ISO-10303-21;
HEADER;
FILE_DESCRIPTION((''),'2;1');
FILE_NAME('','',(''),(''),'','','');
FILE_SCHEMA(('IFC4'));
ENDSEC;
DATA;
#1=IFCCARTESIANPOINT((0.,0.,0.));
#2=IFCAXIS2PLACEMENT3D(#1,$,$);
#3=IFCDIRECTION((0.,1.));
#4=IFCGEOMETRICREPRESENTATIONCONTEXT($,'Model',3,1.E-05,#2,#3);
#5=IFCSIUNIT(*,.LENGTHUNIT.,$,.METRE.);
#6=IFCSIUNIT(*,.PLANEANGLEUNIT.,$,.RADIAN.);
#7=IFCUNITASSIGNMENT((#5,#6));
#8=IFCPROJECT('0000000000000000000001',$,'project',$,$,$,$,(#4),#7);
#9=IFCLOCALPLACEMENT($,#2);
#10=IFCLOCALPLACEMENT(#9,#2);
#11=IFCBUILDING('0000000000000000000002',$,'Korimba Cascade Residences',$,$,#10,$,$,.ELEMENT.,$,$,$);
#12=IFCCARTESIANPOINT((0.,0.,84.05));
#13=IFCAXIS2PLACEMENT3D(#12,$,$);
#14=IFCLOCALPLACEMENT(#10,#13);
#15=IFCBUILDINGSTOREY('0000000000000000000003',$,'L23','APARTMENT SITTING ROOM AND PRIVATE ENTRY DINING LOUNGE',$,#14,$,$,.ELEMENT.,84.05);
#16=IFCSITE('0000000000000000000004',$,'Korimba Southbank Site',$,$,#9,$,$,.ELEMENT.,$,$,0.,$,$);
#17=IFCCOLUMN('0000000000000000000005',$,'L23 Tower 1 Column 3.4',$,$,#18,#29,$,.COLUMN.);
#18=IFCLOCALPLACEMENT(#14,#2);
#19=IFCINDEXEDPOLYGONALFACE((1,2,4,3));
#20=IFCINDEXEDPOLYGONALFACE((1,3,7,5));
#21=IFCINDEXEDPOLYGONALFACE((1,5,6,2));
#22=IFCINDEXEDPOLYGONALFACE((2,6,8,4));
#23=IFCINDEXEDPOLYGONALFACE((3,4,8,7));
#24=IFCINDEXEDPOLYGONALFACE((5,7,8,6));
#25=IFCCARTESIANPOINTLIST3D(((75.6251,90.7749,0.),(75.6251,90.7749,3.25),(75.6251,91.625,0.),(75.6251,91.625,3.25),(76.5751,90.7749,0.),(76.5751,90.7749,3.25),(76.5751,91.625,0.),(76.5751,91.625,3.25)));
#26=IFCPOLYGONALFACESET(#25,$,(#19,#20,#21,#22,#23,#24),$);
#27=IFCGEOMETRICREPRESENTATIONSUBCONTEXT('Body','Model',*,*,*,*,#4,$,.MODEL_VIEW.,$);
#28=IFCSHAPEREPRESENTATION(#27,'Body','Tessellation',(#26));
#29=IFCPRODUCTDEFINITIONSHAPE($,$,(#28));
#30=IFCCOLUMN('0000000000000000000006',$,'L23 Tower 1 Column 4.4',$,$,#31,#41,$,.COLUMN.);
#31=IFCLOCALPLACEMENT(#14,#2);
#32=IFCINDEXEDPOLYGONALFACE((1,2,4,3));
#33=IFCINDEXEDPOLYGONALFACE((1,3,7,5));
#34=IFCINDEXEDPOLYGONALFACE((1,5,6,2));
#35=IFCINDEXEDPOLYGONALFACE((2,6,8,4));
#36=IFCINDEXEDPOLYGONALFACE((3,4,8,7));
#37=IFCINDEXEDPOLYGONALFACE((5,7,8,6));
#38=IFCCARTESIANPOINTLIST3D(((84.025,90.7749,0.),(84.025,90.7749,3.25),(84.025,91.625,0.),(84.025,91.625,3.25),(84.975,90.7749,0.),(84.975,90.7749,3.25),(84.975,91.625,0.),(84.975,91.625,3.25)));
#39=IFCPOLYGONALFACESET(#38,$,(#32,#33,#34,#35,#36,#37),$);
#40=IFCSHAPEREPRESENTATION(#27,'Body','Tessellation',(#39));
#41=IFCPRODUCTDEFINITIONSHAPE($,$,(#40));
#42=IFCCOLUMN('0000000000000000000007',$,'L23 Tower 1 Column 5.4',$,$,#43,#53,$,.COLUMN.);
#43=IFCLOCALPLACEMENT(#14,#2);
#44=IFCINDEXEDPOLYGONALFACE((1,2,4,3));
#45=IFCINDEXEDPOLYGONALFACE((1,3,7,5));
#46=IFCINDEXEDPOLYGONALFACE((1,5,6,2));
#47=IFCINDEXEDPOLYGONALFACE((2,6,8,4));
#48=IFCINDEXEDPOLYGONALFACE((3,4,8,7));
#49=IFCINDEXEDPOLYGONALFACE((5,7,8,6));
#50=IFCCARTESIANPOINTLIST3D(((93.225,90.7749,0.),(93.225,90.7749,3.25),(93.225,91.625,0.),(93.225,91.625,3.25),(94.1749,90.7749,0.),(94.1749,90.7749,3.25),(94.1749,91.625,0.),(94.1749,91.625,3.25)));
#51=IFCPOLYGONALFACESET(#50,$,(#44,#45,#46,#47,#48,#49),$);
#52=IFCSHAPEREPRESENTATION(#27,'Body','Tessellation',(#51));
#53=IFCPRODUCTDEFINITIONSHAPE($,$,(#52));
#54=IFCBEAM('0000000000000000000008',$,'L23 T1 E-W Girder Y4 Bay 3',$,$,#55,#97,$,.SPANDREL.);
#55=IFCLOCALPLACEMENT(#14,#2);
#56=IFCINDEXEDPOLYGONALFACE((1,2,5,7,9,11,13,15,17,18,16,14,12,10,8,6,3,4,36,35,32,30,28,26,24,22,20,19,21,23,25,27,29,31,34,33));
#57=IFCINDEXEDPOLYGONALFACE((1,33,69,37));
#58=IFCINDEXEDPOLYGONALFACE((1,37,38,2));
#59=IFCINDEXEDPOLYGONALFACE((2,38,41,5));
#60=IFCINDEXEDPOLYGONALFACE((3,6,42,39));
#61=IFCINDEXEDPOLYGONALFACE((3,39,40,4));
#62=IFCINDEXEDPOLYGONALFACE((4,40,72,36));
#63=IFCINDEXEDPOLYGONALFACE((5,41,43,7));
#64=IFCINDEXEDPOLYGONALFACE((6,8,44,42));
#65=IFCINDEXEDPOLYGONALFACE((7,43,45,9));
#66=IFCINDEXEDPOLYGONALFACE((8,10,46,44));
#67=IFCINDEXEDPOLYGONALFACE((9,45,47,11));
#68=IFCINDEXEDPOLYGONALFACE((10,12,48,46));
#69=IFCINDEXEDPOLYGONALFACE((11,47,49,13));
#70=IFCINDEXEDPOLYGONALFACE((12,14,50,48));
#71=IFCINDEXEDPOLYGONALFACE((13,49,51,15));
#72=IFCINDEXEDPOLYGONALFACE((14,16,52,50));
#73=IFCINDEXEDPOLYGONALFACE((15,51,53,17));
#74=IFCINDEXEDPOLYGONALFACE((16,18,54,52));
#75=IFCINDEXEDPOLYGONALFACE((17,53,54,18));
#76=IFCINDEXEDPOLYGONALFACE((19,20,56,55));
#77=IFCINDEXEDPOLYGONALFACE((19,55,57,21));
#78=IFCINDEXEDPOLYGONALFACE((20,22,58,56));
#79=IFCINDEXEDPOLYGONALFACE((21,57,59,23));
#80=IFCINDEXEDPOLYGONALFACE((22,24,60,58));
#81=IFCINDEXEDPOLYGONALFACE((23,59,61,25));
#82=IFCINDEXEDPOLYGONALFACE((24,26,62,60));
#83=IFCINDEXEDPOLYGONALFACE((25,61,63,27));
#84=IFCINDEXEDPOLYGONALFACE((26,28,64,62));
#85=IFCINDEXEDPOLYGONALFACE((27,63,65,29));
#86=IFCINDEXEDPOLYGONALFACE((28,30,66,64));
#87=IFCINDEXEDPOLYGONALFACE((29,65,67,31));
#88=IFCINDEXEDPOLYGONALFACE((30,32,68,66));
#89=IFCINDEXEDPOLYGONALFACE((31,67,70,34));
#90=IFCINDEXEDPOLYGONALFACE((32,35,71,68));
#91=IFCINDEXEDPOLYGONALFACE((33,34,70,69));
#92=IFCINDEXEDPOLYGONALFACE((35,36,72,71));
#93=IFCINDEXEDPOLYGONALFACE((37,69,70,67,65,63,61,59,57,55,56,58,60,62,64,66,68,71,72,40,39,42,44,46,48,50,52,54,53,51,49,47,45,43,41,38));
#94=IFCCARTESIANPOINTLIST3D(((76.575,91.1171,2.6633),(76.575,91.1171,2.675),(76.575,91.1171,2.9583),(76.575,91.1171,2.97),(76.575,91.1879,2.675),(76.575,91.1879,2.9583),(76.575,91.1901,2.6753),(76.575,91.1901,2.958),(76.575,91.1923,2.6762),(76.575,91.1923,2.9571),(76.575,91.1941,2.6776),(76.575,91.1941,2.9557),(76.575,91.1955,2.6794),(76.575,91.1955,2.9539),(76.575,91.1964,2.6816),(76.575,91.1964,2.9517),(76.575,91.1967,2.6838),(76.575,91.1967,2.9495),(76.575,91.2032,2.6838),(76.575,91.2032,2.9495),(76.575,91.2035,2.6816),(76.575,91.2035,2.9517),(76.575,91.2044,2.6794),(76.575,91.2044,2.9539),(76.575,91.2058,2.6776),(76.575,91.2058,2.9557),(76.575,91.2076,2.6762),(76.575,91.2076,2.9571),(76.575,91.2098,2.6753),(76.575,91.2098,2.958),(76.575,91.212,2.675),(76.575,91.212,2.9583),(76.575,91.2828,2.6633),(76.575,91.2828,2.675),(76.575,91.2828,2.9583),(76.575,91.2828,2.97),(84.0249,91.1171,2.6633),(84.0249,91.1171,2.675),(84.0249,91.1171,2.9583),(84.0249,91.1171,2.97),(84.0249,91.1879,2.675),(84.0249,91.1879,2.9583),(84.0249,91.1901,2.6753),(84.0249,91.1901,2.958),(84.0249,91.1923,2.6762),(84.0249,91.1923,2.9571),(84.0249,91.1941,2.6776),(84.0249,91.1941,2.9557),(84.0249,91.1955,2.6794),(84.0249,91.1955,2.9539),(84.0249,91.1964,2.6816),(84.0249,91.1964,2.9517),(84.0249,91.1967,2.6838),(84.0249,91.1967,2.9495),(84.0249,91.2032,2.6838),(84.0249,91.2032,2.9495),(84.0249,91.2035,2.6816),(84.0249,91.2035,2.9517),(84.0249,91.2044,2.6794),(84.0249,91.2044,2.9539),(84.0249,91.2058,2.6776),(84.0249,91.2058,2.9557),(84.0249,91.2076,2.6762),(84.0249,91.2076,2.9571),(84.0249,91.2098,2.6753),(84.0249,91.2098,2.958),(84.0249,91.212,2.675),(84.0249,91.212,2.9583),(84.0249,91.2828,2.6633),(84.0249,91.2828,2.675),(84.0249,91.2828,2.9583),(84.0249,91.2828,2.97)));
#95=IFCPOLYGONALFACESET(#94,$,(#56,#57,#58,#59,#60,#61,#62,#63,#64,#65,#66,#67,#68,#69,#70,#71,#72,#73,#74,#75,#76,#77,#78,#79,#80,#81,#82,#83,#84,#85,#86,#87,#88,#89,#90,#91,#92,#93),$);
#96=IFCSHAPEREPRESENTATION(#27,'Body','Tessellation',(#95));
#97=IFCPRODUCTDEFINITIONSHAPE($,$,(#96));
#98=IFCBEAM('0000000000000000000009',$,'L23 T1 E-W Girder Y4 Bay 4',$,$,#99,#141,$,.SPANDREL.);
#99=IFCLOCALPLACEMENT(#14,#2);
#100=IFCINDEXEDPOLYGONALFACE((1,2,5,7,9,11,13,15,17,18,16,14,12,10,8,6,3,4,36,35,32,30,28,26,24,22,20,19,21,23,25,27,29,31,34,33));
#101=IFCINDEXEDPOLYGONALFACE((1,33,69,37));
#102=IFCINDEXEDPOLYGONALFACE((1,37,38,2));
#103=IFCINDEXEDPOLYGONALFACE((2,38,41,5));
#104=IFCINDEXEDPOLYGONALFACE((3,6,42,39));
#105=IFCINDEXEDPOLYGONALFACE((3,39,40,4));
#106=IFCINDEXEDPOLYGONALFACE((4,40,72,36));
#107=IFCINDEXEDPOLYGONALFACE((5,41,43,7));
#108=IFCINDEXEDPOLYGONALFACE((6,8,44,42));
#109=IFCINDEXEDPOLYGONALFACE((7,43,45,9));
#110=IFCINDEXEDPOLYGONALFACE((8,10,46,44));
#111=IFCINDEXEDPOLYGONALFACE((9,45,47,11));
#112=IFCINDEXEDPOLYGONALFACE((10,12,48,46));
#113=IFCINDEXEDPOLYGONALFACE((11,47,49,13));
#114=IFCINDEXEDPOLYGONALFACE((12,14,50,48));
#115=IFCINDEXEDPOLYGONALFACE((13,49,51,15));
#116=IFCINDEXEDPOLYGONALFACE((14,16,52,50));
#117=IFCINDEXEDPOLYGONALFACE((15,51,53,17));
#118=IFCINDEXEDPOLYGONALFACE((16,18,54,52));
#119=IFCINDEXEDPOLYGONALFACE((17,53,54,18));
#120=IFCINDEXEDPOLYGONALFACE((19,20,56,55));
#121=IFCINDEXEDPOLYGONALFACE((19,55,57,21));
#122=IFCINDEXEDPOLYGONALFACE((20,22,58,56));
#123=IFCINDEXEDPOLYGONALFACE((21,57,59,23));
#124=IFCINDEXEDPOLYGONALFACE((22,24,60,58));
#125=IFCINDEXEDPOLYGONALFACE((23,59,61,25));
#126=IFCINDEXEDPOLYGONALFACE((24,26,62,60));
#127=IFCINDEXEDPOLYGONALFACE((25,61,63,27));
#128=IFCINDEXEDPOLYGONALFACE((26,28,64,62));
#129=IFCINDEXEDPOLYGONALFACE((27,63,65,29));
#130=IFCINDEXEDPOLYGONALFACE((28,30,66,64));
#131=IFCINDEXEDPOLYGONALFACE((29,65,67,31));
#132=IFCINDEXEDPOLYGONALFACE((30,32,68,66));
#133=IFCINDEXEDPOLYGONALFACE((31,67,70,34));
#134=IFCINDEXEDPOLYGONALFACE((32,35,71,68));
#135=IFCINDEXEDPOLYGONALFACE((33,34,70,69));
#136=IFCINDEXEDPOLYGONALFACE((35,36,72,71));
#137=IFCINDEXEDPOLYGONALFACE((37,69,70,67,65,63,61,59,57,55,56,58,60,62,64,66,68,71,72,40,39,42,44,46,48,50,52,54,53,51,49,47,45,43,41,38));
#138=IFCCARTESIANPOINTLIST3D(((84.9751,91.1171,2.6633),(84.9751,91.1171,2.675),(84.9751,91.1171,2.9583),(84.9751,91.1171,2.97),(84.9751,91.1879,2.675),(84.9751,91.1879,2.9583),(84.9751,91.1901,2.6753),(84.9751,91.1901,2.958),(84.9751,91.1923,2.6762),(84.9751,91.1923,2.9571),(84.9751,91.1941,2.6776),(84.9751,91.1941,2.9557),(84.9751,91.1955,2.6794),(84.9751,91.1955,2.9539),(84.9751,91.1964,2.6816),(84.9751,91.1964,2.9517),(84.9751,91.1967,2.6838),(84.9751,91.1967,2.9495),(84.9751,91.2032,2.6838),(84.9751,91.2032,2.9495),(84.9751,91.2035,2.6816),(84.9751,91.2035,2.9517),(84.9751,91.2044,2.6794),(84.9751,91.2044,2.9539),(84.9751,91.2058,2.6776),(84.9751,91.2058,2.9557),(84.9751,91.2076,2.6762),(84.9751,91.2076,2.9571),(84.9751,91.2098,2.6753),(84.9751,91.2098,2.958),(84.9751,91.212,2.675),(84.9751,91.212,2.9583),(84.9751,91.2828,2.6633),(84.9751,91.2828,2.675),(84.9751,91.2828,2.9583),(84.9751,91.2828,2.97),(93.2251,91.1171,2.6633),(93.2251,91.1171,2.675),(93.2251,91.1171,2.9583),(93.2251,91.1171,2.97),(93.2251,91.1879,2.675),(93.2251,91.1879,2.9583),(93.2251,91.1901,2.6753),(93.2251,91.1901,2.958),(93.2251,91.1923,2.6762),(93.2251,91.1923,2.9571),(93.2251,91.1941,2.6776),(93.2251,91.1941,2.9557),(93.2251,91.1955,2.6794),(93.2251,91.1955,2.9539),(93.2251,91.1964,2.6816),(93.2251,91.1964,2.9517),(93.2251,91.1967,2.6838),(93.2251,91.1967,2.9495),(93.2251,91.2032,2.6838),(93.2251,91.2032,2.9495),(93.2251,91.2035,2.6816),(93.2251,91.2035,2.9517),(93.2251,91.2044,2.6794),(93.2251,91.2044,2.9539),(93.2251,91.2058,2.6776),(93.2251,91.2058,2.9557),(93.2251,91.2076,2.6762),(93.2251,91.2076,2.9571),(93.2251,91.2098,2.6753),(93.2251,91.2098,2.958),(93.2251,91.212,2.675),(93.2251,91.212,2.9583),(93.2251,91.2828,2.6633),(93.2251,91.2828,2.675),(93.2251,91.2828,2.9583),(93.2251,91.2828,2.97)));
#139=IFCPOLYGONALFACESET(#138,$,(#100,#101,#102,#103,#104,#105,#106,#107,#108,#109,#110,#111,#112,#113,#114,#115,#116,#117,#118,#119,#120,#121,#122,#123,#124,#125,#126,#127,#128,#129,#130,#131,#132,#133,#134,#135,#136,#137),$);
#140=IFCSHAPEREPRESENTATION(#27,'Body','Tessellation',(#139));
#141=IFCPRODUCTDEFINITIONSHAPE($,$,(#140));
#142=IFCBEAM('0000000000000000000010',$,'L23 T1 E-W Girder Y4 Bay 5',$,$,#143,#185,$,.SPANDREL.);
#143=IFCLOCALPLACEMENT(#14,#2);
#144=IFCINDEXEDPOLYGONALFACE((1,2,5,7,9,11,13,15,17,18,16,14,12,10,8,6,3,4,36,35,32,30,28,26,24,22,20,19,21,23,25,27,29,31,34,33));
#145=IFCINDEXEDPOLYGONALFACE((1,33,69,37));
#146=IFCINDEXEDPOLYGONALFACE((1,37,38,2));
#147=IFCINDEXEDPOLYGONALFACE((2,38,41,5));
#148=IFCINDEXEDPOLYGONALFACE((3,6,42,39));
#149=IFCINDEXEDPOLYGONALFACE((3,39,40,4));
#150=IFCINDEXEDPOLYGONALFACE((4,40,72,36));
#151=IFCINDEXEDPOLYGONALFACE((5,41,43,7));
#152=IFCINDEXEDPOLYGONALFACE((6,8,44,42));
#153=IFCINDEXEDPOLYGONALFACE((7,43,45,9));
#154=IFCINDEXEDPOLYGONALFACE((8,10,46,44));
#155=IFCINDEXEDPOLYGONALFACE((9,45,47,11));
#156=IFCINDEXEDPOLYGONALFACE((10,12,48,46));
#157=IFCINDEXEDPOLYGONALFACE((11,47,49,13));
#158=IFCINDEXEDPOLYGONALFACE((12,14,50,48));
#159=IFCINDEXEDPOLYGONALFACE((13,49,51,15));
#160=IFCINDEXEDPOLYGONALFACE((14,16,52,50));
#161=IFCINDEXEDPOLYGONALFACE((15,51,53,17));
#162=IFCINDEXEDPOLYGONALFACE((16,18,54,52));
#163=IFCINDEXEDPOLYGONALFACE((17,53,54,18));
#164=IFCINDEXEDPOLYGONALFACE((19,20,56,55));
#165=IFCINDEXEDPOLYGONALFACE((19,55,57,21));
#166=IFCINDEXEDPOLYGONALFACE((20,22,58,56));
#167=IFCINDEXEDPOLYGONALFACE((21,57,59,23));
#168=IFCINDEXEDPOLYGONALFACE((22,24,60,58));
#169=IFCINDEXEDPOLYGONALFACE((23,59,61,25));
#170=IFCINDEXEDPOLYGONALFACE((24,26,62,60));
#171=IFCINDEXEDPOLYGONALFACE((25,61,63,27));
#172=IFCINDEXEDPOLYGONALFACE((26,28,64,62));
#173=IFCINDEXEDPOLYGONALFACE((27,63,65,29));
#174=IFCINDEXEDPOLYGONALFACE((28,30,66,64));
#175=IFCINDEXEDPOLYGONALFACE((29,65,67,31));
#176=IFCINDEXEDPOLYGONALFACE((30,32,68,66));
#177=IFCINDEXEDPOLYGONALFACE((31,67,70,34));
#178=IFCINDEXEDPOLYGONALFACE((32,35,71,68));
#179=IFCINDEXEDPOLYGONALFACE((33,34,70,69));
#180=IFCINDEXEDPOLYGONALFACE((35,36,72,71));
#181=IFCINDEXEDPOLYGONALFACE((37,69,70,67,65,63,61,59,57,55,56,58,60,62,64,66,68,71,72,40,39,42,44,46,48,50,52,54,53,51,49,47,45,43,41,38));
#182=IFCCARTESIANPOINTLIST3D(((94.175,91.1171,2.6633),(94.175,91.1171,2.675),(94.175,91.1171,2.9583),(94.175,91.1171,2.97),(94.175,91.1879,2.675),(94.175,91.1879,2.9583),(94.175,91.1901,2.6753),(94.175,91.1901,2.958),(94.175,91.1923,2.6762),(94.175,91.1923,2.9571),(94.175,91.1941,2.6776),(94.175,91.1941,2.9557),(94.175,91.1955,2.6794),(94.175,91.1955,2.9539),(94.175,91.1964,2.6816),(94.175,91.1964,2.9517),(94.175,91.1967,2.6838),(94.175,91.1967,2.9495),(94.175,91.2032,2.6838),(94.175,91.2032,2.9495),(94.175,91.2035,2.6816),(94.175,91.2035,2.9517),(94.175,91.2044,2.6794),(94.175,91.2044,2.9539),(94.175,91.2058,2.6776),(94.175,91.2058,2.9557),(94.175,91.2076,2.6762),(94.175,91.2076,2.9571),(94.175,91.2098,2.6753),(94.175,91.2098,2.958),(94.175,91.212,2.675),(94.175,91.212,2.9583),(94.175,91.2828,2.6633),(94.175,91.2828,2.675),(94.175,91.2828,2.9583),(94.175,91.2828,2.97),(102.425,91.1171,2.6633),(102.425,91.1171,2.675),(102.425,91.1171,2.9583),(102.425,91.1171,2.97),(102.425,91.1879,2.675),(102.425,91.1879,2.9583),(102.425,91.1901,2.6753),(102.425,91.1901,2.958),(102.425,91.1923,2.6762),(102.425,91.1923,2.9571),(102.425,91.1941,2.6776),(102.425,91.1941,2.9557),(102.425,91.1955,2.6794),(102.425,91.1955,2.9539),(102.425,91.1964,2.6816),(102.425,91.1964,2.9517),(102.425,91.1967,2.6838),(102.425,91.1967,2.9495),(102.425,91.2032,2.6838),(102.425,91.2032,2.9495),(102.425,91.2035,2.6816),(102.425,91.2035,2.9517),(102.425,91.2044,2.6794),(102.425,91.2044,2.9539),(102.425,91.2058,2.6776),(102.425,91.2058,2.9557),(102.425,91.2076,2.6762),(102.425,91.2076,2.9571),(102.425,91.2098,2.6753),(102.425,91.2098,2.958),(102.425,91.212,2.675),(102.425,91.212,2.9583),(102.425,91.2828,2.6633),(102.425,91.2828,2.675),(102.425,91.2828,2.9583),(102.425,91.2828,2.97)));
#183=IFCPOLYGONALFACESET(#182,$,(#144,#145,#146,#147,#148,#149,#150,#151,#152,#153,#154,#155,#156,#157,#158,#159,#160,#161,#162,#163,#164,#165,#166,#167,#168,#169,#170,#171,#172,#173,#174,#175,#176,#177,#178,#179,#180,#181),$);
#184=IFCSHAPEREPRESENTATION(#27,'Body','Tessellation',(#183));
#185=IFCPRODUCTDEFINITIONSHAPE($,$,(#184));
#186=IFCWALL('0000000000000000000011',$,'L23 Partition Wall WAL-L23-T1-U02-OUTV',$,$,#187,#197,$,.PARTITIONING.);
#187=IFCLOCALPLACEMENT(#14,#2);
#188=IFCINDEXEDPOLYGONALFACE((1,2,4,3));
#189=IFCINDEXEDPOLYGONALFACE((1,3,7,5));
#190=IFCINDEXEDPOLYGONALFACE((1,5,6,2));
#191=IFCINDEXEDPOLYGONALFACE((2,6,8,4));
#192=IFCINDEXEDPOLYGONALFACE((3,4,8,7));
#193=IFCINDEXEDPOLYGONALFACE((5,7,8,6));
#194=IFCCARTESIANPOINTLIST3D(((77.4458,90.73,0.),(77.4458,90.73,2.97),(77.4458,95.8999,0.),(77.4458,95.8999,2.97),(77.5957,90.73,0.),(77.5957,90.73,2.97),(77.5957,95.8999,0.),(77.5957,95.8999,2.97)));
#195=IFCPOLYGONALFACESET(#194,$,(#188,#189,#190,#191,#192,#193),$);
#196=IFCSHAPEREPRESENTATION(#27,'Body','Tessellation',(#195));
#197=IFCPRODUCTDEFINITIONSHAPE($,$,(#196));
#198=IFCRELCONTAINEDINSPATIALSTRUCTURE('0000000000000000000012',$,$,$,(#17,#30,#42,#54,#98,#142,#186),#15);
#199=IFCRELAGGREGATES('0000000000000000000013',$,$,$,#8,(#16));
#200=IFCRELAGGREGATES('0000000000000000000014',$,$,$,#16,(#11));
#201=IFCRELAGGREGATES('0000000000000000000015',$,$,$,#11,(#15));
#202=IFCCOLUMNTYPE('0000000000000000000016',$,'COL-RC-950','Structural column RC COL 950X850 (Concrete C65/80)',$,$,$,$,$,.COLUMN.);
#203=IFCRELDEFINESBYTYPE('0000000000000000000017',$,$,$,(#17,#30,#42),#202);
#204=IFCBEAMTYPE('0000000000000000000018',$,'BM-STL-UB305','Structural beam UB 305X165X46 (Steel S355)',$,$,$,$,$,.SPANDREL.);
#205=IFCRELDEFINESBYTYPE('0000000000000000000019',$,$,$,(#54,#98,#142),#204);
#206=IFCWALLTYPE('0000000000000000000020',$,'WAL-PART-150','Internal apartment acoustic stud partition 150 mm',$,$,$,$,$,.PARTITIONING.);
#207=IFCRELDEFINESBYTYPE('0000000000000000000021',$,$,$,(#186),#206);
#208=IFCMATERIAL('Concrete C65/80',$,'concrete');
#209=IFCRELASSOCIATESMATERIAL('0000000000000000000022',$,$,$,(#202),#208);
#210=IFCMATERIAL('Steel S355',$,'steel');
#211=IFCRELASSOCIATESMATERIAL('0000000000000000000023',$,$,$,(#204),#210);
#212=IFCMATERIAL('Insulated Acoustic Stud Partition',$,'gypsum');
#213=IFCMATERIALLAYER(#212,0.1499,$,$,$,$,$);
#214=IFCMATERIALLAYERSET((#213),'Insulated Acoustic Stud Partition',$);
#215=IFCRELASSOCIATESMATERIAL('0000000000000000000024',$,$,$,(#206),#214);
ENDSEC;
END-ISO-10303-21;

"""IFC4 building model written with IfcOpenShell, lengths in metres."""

from ifc_helpers import new_model, si_unit, direction, frame, frame_2d, origin, origin_2d, place, context, subcontext, project, spatial, rectangle, i_section, extrude, material, layer, layer_set, material_profile, profile_set, type_object, element, save


model = new_model("IFC4")

# Units and contexts
model_context = context("Model", 3, precision=1e-05, world=origin(), true_north=direction((0.0, 1.0)))
body_context = subcontext(model_context, "Body", "Model", "MODEL_VIEW")
ifc_project = project(units=[si_unit("LENGTHUNIT", "METRE"), si_unit("PLANEANGLEUNIT", "RADIAN")], contexts=[model_context])

# Site, building, storey
site_placement = place(None, origin())
site = spatial("IfcSite", under=ifc_project, at=site_placement, Name="Korimba Southbank Site", CompositionType="ELEMENT", RefElevation=0.0)
building_placement = place(site_placement, origin())
building = spatial("IfcBuilding", under=site, at=building_placement, Name="Korimba Cascade Residences", CompositionType="ELEMENT")
storey_placement = place(building_placement, frame((0.0, 0.0, 84.05)))
storey = spatial("IfcBuildingStorey", under=building, at=storey_placement, Name="L23", Description="APARTMENT SITTING ROOM AND PRIVATE ENTRY DINING LOUNGE", CompositionType="ELEMENT", Elevation=84.05)

# Columns
ifc_material_1 = material(Name="Concrete C65/80", Category="concrete")
ifc_material_profile_1 = material_profile(ifc_material_1, rectangle(XDim=0.95, YDim=0.8501, at=origin_2d()), Name="Concrete C65/80")
ifc_profile_set_1 = profile_set([ifc_material_profile_1], Name="Concrete C65/80")
column_type = type_object("IfcColumnType", Name="COL-RC-950", Description="Structural column RC COL 950X850 (Concrete C65/80)", PredefinedType="COLUMN", material=ifc_profile_set_1)
for number, where, z_axis, x_axis, name in (
    (1, (76.1001, 91.2, 0.0), (0.0, 0.0, 1.0), (1.0, 0.0, 0.0), "L23 Tower 1 Column 3.4"),
    (2, (84.5, 91.2, 0.0), (0.0, 0.0, 1.0), (1.0, 0.0, 0.0), "L23 Tower 1 Column 4.4"),
    (3, (93.7, 91.2, 0.0), (0.0, 0.0, 1.0), (1.0, 0.0, 0.0), "L23 Tower 1 Column 5.4"),
):
    element("IfcColumn", number, at=place(storey_placement, frame(where, z_axis=z_axis, x_axis=x_axis)), inside=storey, type_object=column_type, Name=name, PredefinedType="COLUMN", context=body_context, shape_type="SweptSolid", body=[
        extrude(rectangle(XDim=0.95, YDim=0.8501, at=origin_2d()), origin(), (0.0, 0.0, 1.0), 3.25),
    ])

# Beams
ifc_material_2 = material(Name="Steel S355", Category="steel")
ifc_material_profile_2 = material_profile(ifc_material_2, i_section(OverallWidth=0.1658, OverallDepth=0.3066, WebThickness=0.0066, FlangeThickness=0.0117, FilletRadius=0.0088, at=origin_2d()), Name="Steel S355")
ifc_profile_set_2 = profile_set([ifc_material_profile_2], Name="Steel S355")
beam_type = type_object("IfcBeamType", Name="BM-STL-UB305", Description="Structural beam UB 305X165X46 (Steel S355)", PredefinedType="SPANDREL", material=ifc_profile_set_2)
beam_placement = place(storey_placement, frame((76.575, 91.2, 2.8167), z_axis=(1.0, 0.0, 0.0), x_axis=(0.0, 1.0, 0.0)))
element("IfcBeam", 4, at=beam_placement, inside=storey, type_object=beam_type, Name="L23 T1 E-W Girder Y4 Bay 3", PredefinedType="SPANDREL", context=body_context, shape_type="SweptSolid", body=[
    extrude(i_section(OverallWidth=0.1658, OverallDepth=0.3066, WebThickness=0.0066, FlangeThickness=0.0117, FilletRadius=0.0088, at=origin_2d()), origin(), (0.0, 0.0, 1.0), 7.45),
])
for number, where, z_axis, x_axis, name in (
    (5, (84.9751, 91.2, 2.8167), (1.0, 0.0, 0.0), (0.0, 1.0, 0.0), "L23 T1 E-W Girder Y4 Bay 4"),
    (6, (94.175, 91.2, 2.8167), (1.0, 0.0, 0.0), (0.0, 1.0, 0.0), "L23 T1 E-W Girder Y4 Bay 5"),
):
    element("IfcBeam", number, at=place(storey_placement, frame(where, z_axis=z_axis, x_axis=x_axis)), inside=storey, type_object=beam_type, Name=name, PredefinedType="SPANDREL", context=body_context, shape_type="SweptSolid", body=[
        extrude(i_section(OverallWidth=0.1658, OverallDepth=0.3066, WebThickness=0.0066, FlangeThickness=0.0117, FilletRadius=0.0088, at=origin_2d()), origin(), (0.0, 0.0, 1.0), 8.25),
    ])

# Wall
ifc_material_3 = material(Name="Insulated Acoustic Stud Partition", Category="gypsum")
ifc_layer = layer(ifc_material_3, 0.1499)
ifc_layer_set = layer_set([ifc_layer], Name="Insulated Acoustic Stud Partition")
wall_type = type_object("IfcWallType", Name="WAL-PART-150", Description="Internal apartment acoustic stud partition 150 mm", PredefinedType="PARTITIONING", material=ifc_layer_set)
wall_1_placement = place(storey_placement, frame((77.5208, 90.73, 0.0), z_axis=(0.0, 0.0, 1.0), x_axis=(0.0, 1.0, 0.0)))
element("IfcWall", 7, at=wall_1_placement, inside=storey, type_object=wall_type, Name="L23 Partition Wall WAL-L23-T1-U02-OUTV", PredefinedType="PARTITIONING", context=body_context, shape_type="SweptSolid", body=[
    extrude(rectangle(XDim=5.1699, YDim=0.1499, at=frame_2d((2.585, 0.0))), origin(), (0.0, 0.0, 1.0), 2.97),
])

save(model, "model.ifc")
